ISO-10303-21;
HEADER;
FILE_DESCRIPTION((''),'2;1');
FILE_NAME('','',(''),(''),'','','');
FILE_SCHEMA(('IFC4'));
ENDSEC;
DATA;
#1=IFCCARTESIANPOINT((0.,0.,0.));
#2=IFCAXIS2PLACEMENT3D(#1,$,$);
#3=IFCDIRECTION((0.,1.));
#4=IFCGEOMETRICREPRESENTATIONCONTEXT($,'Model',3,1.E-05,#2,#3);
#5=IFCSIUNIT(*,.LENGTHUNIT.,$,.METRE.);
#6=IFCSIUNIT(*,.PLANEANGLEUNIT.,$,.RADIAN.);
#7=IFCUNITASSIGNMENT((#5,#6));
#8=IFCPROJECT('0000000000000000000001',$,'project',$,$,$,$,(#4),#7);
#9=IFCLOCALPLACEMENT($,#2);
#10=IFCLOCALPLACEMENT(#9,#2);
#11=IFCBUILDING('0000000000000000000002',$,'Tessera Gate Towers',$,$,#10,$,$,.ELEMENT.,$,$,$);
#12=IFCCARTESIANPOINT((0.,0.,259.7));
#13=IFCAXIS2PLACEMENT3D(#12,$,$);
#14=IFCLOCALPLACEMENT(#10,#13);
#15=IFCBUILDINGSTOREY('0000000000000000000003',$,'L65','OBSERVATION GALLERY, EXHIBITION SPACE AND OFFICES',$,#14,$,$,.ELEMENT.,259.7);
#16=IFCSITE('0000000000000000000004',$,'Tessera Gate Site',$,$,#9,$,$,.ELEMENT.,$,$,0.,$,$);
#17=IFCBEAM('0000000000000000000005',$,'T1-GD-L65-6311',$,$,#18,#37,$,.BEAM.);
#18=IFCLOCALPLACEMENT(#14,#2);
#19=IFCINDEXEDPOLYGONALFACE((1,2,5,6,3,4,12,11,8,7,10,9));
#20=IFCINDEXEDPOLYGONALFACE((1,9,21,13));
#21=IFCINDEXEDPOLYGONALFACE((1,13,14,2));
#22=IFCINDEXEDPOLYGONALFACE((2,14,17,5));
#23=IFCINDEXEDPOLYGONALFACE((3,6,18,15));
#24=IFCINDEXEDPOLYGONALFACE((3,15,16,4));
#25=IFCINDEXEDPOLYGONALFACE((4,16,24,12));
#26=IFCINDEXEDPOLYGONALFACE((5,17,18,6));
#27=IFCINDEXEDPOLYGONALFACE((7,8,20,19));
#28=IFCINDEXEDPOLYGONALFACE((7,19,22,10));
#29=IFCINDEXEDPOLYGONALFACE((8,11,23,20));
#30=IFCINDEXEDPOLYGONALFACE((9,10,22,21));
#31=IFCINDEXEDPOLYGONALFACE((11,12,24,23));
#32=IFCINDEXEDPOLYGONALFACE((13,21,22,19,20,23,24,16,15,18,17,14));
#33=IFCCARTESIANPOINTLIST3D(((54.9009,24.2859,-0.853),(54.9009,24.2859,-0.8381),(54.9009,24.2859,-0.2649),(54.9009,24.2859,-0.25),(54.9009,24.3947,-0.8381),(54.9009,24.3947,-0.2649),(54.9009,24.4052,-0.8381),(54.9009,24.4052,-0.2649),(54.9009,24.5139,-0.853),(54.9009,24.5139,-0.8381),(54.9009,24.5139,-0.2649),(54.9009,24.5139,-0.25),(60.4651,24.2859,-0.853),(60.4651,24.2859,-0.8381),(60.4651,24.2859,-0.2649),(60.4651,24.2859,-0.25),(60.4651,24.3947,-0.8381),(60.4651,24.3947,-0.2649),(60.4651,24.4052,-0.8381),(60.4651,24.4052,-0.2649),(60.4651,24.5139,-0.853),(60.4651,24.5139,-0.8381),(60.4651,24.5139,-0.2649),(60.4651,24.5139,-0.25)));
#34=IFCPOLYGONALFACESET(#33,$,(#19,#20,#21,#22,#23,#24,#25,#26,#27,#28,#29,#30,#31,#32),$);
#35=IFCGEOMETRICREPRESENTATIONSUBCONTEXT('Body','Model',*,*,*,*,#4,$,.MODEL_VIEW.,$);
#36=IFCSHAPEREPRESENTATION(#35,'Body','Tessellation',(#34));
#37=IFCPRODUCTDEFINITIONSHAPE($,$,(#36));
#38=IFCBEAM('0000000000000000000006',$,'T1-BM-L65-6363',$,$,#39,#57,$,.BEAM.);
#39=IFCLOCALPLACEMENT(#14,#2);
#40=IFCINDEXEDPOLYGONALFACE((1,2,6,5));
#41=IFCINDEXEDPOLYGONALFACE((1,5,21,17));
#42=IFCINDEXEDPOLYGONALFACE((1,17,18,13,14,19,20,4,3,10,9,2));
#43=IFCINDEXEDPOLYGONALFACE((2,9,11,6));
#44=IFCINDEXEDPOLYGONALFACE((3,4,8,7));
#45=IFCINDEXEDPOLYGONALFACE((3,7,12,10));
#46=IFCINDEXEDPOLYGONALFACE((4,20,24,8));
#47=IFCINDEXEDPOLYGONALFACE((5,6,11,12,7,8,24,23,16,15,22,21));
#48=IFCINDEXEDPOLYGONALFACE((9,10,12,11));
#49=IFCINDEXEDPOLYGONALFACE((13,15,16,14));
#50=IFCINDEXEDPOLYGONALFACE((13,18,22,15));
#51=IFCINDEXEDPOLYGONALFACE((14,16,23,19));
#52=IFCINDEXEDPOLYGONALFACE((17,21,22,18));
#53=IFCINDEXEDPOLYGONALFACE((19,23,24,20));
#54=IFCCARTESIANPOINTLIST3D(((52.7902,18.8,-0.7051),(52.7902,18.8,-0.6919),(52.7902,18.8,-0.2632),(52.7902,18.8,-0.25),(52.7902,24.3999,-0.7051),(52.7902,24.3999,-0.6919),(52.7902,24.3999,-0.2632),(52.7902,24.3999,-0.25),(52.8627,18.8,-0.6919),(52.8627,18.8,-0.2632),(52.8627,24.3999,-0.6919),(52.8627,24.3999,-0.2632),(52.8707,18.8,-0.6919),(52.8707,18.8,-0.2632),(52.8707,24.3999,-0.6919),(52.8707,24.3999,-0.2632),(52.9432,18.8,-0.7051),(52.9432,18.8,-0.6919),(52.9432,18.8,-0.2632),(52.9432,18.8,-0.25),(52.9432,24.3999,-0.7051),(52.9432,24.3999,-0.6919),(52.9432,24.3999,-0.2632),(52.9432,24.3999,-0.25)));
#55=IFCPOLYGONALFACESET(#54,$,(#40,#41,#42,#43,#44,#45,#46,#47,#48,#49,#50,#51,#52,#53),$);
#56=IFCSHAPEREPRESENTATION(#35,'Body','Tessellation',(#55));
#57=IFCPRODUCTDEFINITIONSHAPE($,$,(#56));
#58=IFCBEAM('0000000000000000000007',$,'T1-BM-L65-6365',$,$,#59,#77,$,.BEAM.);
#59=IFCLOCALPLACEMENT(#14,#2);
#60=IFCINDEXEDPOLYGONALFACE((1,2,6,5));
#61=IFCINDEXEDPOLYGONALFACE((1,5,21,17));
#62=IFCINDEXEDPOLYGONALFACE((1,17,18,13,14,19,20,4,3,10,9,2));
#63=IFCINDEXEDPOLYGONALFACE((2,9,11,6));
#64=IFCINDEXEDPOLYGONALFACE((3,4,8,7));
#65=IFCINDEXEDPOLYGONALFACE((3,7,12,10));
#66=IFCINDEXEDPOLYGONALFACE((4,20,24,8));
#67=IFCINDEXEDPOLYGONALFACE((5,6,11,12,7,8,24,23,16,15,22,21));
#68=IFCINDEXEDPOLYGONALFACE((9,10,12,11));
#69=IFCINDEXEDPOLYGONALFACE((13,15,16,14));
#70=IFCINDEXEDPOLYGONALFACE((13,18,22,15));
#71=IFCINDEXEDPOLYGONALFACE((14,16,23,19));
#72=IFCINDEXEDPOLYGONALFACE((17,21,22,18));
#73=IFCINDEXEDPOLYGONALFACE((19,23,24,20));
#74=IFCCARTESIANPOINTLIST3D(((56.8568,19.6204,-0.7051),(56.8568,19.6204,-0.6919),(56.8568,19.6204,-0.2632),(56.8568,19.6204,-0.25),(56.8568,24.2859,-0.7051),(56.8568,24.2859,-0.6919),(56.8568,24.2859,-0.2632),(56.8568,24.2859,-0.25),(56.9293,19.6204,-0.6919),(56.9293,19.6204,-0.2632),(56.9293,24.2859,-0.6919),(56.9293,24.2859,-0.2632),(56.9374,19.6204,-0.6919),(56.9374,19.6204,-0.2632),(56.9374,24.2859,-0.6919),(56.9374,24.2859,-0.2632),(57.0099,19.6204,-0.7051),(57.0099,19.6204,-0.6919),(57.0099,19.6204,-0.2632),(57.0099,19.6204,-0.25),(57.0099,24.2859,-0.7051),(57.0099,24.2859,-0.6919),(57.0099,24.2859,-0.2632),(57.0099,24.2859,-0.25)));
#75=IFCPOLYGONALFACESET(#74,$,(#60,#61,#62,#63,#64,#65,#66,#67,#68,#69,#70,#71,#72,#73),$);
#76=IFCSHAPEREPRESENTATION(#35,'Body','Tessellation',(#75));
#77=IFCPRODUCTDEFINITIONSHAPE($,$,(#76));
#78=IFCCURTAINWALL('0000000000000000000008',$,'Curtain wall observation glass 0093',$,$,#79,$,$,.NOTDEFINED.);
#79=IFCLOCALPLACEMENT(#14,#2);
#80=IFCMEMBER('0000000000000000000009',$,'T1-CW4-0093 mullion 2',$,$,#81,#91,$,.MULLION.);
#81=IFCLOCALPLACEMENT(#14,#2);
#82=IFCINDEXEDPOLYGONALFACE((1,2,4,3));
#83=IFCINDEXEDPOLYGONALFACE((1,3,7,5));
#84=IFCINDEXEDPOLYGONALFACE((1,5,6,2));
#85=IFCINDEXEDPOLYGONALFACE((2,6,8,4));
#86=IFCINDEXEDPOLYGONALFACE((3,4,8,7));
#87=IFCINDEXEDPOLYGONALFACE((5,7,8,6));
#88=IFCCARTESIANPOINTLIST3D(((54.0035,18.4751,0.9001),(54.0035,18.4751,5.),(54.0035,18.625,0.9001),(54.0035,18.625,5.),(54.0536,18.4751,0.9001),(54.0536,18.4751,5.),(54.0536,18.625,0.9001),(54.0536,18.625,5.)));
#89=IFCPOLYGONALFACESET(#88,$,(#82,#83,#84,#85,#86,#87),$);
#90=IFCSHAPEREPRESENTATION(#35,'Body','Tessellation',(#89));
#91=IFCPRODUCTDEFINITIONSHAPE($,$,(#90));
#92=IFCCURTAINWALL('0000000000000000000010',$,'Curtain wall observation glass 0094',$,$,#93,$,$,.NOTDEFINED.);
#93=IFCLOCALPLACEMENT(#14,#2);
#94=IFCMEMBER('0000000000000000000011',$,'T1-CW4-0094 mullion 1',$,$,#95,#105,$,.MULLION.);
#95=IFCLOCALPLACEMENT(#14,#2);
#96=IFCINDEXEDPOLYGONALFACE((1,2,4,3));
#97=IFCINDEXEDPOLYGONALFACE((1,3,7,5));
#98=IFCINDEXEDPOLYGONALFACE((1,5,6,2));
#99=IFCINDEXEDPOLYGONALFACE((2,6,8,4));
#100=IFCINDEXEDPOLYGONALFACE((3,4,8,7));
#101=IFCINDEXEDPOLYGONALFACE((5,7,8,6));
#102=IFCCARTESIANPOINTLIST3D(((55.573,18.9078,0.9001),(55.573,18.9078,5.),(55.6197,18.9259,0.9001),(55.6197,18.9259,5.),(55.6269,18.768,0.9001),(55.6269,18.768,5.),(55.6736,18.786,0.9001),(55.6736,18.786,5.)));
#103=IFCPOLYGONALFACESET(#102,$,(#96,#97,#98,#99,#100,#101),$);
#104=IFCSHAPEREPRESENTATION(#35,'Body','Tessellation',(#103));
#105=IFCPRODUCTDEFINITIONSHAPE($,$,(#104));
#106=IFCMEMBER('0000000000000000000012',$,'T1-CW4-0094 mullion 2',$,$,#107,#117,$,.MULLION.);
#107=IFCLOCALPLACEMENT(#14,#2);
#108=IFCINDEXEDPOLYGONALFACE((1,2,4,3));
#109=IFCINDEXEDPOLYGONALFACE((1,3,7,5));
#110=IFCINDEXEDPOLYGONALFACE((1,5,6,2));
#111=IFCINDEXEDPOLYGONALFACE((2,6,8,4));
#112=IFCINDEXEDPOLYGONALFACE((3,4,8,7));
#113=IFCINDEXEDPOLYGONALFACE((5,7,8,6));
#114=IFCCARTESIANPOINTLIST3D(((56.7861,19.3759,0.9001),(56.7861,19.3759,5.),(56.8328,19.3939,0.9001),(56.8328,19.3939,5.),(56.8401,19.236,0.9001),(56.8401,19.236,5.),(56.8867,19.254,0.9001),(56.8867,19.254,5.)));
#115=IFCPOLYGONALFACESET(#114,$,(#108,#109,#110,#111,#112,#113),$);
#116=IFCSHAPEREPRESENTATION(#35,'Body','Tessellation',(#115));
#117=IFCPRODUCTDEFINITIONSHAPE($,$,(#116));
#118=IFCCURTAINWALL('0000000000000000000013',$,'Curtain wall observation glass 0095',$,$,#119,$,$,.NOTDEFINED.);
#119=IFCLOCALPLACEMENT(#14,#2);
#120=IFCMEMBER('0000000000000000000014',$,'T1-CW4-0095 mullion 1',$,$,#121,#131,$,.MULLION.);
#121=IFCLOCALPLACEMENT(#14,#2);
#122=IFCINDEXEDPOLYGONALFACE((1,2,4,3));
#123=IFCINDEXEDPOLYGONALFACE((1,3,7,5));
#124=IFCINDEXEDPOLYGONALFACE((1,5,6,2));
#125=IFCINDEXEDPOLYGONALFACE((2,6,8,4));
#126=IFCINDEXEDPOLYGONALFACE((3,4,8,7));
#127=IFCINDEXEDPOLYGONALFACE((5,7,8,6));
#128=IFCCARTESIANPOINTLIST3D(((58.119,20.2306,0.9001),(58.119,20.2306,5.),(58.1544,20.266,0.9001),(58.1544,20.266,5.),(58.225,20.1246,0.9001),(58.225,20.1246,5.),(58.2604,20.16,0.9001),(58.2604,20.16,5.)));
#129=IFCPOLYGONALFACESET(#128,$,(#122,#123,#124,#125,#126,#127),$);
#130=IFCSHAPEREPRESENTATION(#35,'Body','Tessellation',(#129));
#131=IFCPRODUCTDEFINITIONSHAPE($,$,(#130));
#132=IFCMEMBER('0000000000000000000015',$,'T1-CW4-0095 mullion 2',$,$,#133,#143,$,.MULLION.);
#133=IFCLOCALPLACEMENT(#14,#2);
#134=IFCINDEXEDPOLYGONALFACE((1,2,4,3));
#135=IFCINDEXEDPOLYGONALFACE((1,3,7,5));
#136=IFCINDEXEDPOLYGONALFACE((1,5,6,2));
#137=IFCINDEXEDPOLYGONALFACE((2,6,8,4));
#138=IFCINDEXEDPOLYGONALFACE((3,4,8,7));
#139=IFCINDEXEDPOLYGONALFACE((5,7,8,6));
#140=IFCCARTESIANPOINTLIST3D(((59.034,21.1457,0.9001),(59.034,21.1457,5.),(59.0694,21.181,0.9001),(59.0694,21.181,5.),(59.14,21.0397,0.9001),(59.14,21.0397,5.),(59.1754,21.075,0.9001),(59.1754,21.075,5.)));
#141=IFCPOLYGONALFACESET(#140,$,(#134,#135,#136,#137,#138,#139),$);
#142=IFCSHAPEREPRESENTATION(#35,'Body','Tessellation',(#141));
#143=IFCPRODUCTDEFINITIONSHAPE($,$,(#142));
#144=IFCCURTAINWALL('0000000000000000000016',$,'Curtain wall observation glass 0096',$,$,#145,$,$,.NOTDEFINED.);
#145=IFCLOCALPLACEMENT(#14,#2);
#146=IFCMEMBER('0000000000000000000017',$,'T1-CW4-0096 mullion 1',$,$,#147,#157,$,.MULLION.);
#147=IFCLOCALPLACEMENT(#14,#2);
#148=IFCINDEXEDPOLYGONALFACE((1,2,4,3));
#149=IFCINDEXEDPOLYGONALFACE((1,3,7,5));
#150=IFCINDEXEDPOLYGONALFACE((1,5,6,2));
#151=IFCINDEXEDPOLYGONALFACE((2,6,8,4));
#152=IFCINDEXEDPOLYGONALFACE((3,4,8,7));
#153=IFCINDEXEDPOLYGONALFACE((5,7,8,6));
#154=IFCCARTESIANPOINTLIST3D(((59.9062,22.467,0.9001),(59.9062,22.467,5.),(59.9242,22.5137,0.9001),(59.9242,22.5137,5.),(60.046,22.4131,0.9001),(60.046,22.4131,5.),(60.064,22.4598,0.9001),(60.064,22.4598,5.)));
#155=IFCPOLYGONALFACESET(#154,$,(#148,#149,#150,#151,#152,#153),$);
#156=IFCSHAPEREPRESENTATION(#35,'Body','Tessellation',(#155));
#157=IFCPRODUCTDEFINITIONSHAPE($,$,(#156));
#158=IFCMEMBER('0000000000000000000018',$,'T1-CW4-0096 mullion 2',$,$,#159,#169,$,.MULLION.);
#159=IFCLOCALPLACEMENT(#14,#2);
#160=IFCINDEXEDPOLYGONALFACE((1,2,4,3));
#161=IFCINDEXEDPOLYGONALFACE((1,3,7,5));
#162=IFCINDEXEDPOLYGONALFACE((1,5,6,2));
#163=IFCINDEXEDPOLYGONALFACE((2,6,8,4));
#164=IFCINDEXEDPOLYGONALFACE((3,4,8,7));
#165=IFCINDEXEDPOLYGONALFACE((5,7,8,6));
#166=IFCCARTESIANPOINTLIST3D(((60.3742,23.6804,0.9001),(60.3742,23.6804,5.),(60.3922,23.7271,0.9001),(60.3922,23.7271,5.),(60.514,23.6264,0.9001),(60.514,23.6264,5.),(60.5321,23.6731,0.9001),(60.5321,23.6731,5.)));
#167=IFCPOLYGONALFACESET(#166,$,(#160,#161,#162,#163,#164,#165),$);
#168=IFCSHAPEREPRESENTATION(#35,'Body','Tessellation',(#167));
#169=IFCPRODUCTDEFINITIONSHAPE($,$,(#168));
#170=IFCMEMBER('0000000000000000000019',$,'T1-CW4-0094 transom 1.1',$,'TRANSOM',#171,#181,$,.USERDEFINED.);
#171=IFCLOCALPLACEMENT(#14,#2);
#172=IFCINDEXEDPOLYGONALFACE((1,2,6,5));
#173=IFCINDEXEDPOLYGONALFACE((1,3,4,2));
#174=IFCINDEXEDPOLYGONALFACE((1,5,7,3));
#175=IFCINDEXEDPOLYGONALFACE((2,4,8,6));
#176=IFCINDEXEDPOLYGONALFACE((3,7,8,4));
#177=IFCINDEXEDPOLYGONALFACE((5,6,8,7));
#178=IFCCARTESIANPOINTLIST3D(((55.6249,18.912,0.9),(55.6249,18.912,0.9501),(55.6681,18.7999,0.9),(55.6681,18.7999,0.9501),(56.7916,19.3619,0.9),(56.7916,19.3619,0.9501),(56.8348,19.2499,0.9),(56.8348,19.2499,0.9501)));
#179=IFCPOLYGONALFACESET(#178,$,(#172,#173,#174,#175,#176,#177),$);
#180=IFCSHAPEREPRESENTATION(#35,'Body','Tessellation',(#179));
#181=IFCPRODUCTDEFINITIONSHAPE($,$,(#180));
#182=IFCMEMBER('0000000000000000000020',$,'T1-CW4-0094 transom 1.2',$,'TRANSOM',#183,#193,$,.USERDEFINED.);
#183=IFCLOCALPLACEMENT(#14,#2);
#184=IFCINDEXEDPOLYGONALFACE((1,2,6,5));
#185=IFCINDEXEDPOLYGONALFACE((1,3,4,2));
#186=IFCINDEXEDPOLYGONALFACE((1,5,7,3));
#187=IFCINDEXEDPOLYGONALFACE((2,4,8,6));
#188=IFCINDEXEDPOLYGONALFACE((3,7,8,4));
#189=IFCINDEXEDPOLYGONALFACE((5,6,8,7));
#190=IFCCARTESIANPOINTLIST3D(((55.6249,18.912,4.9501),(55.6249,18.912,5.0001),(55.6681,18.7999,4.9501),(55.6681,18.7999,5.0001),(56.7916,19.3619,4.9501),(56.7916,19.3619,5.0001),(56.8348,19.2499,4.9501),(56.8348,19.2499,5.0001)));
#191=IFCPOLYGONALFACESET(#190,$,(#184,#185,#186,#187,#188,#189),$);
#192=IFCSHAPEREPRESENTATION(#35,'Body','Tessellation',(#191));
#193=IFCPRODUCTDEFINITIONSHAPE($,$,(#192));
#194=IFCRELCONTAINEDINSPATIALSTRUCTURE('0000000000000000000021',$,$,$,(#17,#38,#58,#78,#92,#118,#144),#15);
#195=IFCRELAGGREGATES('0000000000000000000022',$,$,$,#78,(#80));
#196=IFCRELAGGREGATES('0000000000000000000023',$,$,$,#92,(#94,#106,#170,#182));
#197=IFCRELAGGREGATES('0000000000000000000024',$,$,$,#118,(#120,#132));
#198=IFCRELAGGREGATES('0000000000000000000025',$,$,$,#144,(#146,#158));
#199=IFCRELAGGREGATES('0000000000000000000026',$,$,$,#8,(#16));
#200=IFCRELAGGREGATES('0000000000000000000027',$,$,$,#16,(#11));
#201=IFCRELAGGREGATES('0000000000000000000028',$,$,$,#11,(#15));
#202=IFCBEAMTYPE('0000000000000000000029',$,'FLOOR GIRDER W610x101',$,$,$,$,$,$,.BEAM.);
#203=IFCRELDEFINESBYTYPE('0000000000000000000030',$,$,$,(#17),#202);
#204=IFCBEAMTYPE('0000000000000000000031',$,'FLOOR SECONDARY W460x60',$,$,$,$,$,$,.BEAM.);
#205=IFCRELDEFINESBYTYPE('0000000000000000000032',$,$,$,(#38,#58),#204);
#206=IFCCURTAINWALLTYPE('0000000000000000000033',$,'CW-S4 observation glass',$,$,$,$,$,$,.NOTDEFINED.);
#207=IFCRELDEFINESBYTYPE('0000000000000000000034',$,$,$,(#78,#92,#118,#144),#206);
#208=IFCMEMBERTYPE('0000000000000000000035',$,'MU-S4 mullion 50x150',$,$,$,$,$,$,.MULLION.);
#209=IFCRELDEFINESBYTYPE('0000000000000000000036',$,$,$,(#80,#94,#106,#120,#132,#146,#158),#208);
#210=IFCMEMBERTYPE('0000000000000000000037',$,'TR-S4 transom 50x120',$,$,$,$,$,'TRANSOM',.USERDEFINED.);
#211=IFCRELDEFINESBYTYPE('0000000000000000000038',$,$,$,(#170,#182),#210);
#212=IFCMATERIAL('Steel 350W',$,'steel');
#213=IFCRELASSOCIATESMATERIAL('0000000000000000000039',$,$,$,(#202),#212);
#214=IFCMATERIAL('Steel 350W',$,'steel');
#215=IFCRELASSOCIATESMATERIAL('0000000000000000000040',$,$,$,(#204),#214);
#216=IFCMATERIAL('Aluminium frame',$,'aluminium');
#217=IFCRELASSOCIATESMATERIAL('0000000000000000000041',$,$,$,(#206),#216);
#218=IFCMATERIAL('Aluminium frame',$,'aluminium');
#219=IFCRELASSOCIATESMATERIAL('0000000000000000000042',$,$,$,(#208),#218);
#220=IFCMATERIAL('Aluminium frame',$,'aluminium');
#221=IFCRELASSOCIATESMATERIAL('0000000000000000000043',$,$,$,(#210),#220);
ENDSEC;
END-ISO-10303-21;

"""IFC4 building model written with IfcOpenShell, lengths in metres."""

from ifc_helpers import new_model, si_unit, direction, frame, origin, origin_2d, place, context, subcontext, project, spatial, rectangle, i_section, extrude, material, material_profile, profile_set, type_object, element, aggregate, save


model = new_model("IFC4")

# Units and contexts
model_context = context("Model", 3, precision=1e-05, world=origin(), true_north=direction((0.0, 1.0)))
body_context = subcontext(model_context, "Body", "Model", "MODEL_VIEW")
ifc_project = project(units=[si_unit("LENGTHUNIT", "METRE"), si_unit("PLANEANGLEUNIT", "RADIAN")], contexts=[model_context])

# Site, building, storey
site_placement = place(None, origin())
site = spatial("IfcSite", under=ifc_project, at=site_placement, Name="Tessera Gate Site", CompositionType="ELEMENT", RefElevation=0.0)
building_placement = place(site_placement, origin())
building = spatial("IfcBuilding", under=site, at=building_placement, Name="Tessera Gate Towers", CompositionType="ELEMENT")
storey_placement = place(building_placement, frame((0.0, 0.0, 259.7)))
storey = spatial("IfcBuildingStorey", under=building, at=storey_placement, Name="L65", Description="OBSERVATION GALLERY, EXHIBITION SPACE AND OFFICES", CompositionType="ELEMENT", Elevation=259.7)

# Beams
ifc_material_1 = material(Name="Steel 350W", Category="steel")
ifc_material_profile_1 = material_profile(ifc_material_1, i_section(OverallWidth=0.228, OverallDepth=0.603, WebThickness=0.0105, FlangeThickness=0.0149, at=origin_2d()), Name="W610x101")
ifc_profile_set_1 = profile_set([ifc_material_profile_1], Name="Steel 350W")
beam_type_1 = type_object("IfcBeamType", Name="FLOOR GIRDER W610x101", PredefinedType="BEAM", material=ifc_profile_set_1)
beam_1_placement = place(storey_placement, frame((54.9009, 24.3999, -0.5515), z_axis=(1.0, 0.0, 0.0), x_axis=(0.0, 1.0, 0.0)))
element("IfcBeam", 1, at=beam_1_placement, inside=storey, type_object=beam_type_1, Name="T1-GD-L65-6311", PredefinedType="BEAM", context=body_context, shape_type="SweptSolid", body=[
    extrude(i_section(OverallWidth=0.228, OverallDepth=0.603, WebThickness=0.0105, FlangeThickness=0.0149, at=origin_2d()), origin(), (0.0, 0.0, 1.0), 5.5642),
])
ifc_material_2 = material(Name="Steel 350W", Category="steel")
ifc_material_profile_2 = material_profile(ifc_material_2, i_section(OverallWidth=0.1531, OverallDepth=0.4551, WebThickness=0.0081, FlangeThickness=0.0132, at=origin_2d()), Name="W460x60")
ifc_profile_set_2 = profile_set([ifc_material_profile_2], Name="Steel 350W")
beam_type_2 = type_object("IfcBeamType", Name="FLOOR SECONDARY W460x60", PredefinedType="BEAM", material=ifc_profile_set_2)
beam_2_placement = place(storey_placement, frame((52.8667, 18.8, -0.4775), z_axis=(0.0, 1.0, 0.0), x_axis=(-1.0, 0.0, 0.0)))
element("IfcBeam", 2, at=beam_2_placement, inside=storey, type_object=beam_type_2, Name="T1-BM-L65-6363", PredefinedType="BEAM", context=body_context, shape_type="SweptSolid", body=[
    extrude(i_section(OverallWidth=0.1531, OverallDepth=0.4551, WebThickness=0.0081, FlangeThickness=0.0132, at=origin_2d()), origin(), (0.0, 0.0, 1.0), 5.5999),
])
beam_3_placement = place(storey_placement, frame((56.9333, 19.6204, -0.4775), z_axis=(0.0, 1.0, 0.0), x_axis=(-1.0, 0.0, 0.0)))
element("IfcBeam", 3, at=beam_3_placement, inside=storey, type_object=beam_type_2, Name="T1-BM-L65-6365", PredefinedType="BEAM", context=body_context, shape_type="SweptSolid", body=[
    extrude(i_section(OverallWidth=0.1531, OverallDepth=0.4551, WebThickness=0.0081, FlangeThickness=0.0132, at=origin_2d()), origin(), (0.0, 0.0, 1.0), 4.6655),
])

# Curtain wall, member
ifc_material_3 = material(Name="Aluminium frame", Category="aluminium")
curtain_wall_type = type_object("IfcCurtainWallType", Name="CW-S4 observation glass", PredefinedType="NOTDEFINED", material=ifc_material_3)
curtain_wall_1_placement = place(storey_placement, origin())
curtain_wall_1 = element("IfcCurtainWall", 4, at=curtain_wall_1_placement, inside=storey, type_object=curtain_wall_type, Name="Curtain wall observation glass 0093", PredefinedType="NOTDEFINED")
ifc_material_4 = material(Name="Aluminium frame", Category="aluminium")
ifc_material_profile_3 = material_profile(ifc_material_4, rectangle(XDim=0.05, YDim=0.1499, at=origin_2d()), Name="AL 50x150")
ifc_profile_set_3 = profile_set([ifc_material_profile_3], Name="Aluminium frame")
member_type_1 = type_object("IfcMemberType", Name="MU-S4 mullion 50x150", PredefinedType="MULLION", material=ifc_profile_set_3)
member_1_placement = place(storey_placement, frame((54.0286, 18.55, 0.9001), z_axis=(0.0, 0.0, 1.0), x_axis=(1.0, 0.0, 0.0)))
member_1 = element("IfcMember", 5, at=member_1_placement, type_object=member_type_1, Name="T1-CW4-0093 mullion 2", PredefinedType="MULLION", context=body_context, shape_type="SweptSolid", body=[
    extrude(rectangle(XDim=0.05, YDim=0.1499, at=origin_2d()), origin(), (0.0, 0.0, 1.0), 4.0999),
])
aggregate(curtain_wall_1, [member_1])

# Curtain walls, members
curtain_wall_2_placement = place(storey_placement, origin())
curtain_wall_2 = element("IfcCurtainWall", 6, at=curtain_wall_2_placement, inside=storey, type_object=curtain_wall_type, Name="Curtain wall observation glass 0094", PredefinedType="NOTDEFINED")
member_2_placement = place(storey_placement, frame((55.6233, 18.8469, 0.9001), z_axis=(0.0, 0.0, 1.0), x_axis=(0.932989, 0.359904, 0.0)))
member_2 = element("IfcMember", 7, at=member_2_placement, type_object=member_type_1, Name="T1-CW4-0094 mullion 1", PredefinedType="MULLION", context=body_context, shape_type="SweptSolid", body=[
    extrude(rectangle(XDim=0.05, YDim=0.1499, at=origin_2d()), origin(), (0.0, 0.0, 1.0), 4.0999),
])
member_3_placement = place(storey_placement, frame((56.8364, 19.3149, 0.9001), z_axis=(0.0, 0.0, 1.0), x_axis=(0.932989, 0.359904, 0.0)))
member_3 = element("IfcMember", 8, at=member_3_placement, type_object=member_type_1, Name="T1-CW4-0094 mullion 2", PredefinedType="MULLION", context=body_context, shape_type="SweptSolid", body=[
    extrude(rectangle(XDim=0.05, YDim=0.1499, at=origin_2d()), origin(), (0.0, 0.0, 1.0), 4.0999),
])
curtain_wall_3_placement = place(storey_placement, origin())
curtain_wall_3 = element("IfcCurtainWall", 9, at=curtain_wall_3_placement, inside=storey, type_object=curtain_wall_type, Name="Curtain wall observation glass 0095", PredefinedType="NOTDEFINED")
member_4_placement = place(storey_placement, frame((58.1897, 20.1953, 0.9001), z_axis=(0.0, 0.0, 1.0), x_axis=(0.707107, 0.707107, 0.0)))
member_4 = element("IfcMember", 10, at=member_4_placement, type_object=member_type_1, Name="T1-CW4-0095 mullion 1", PredefinedType="MULLION", context=body_context, shape_type="SweptSolid", body=[
    extrude(rectangle(XDim=0.05, YDim=0.1499, at=origin_2d()), origin(), (0.0, 0.0, 1.0), 4.0999),
])
member_5_placement = place(storey_placement, frame((59.1047, 21.1104, 0.9001), z_axis=(0.0, 0.0, 1.0), x_axis=(0.707107, 0.707107, 0.0)))
member_5 = element("IfcMember", 11, at=member_5_placement, type_object=member_type_1, Name="T1-CW4-0095 mullion 2", PredefinedType="MULLION", context=body_context, shape_type="SweptSolid", body=[
    extrude(rectangle(XDim=0.05, YDim=0.1499, at=origin_2d()), origin(), (0.0, 0.0, 1.0), 4.0999),
])
curtain_wall_4_placement = place(storey_placement, origin())
curtain_wall_4 = element("IfcCurtainWall", 12, at=curtain_wall_4_placement, inside=storey, type_object=curtain_wall_type, Name="Curtain wall observation glass 0096", PredefinedType="NOTDEFINED")
member_6_placement = place(storey_placement, frame((59.9851, 22.4634, 0.9001), z_axis=(0.0, 0.0, 1.0), x_axis=(0.359904, 0.932989, 0.0)))
member_6 = element("IfcMember", 13, at=member_6_placement, type_object=member_type_1, Name="T1-CW4-0096 mullion 1", PredefinedType="MULLION", context=body_context, shape_type="SweptSolid", body=[
    extrude(rectangle(XDim=0.05, YDim=0.1499, at=origin_2d()), origin(), (0.0, 0.0, 1.0), 4.0999),
])
member_7_placement = place(storey_placement, frame((60.4531, 23.6768, 0.9001), z_axis=(0.0, 0.0, 1.0), x_axis=(0.359904, 0.932989, 0.0)))
member_7 = element("IfcMember", 14, at=member_7_placement, type_object=member_type_1, Name="T1-CW4-0096 mullion 2", PredefinedType="MULLION", context=body_context, shape_type="SweptSolid", body=[
    extrude(rectangle(XDim=0.05, YDim=0.1499, at=origin_2d()), origin(), (0.0, 0.0, 1.0), 4.0999),
])

# Members
ifc_material_5 = material(Name="Aluminium frame", Category="aluminium")
ifc_material_profile_4 = material_profile(ifc_material_5, rectangle(XDim=0.1201, YDim=0.05, at=origin_2d()), Name="AL 50x120")
ifc_profile_set_4 = profile_set([ifc_material_profile_4], Name="Aluminium frame")
member_type_2 = type_object("IfcMemberType", Name="TR-S4 transom 50x120", ElementType="TRANSOM", PredefinedType="USERDEFINED", material=ifc_profile_set_4)
member_8_placement = place(storey_placement, frame((55.6465, 18.856, 0.925), z_axis=(0.933023, 0.359816, 0.0), x_axis=(-0.359816, 0.933023, 0.0)))
member_8 = element("IfcMember", 15, at=member_8_placement, type_object=member_type_2, Name="T1-CW4-0094 transom 1.1", ObjectType="TRANSOM", PredefinedType="USERDEFINED", context=body_context, shape_type="SweptSolid", body=[
    extrude(rectangle(XDim=0.1201, YDim=0.05, at=origin_2d()), origin(), (0.0, 0.0, 1.0), 1.2505),
])
member_9_placement = place(storey_placement, frame((55.6465, 18.856, 4.9751), z_axis=(0.933023, 0.359816, 0.0), x_axis=(-0.359816, 0.933023, 0.0)))
member_9 = element("IfcMember", 16, at=member_9_placement, type_object=member_type_2, Name="T1-CW4-0094 transom 1.2", ObjectType="TRANSOM", PredefinedType="USERDEFINED", context=body_context, shape_type="SweptSolid", body=[
    extrude(rectangle(XDim=0.1201, YDim=0.05, at=origin_2d()), origin(), (0.0, 0.0, 1.0), 1.2505),
])

aggregate(curtain_wall_2, [member_2, member_3, member_8, member_9])
aggregate(curtain_wall_3, [member_4, member_5])
aggregate(curtain_wall_4, [member_6, member_7])

save(model, "model.ifc")
